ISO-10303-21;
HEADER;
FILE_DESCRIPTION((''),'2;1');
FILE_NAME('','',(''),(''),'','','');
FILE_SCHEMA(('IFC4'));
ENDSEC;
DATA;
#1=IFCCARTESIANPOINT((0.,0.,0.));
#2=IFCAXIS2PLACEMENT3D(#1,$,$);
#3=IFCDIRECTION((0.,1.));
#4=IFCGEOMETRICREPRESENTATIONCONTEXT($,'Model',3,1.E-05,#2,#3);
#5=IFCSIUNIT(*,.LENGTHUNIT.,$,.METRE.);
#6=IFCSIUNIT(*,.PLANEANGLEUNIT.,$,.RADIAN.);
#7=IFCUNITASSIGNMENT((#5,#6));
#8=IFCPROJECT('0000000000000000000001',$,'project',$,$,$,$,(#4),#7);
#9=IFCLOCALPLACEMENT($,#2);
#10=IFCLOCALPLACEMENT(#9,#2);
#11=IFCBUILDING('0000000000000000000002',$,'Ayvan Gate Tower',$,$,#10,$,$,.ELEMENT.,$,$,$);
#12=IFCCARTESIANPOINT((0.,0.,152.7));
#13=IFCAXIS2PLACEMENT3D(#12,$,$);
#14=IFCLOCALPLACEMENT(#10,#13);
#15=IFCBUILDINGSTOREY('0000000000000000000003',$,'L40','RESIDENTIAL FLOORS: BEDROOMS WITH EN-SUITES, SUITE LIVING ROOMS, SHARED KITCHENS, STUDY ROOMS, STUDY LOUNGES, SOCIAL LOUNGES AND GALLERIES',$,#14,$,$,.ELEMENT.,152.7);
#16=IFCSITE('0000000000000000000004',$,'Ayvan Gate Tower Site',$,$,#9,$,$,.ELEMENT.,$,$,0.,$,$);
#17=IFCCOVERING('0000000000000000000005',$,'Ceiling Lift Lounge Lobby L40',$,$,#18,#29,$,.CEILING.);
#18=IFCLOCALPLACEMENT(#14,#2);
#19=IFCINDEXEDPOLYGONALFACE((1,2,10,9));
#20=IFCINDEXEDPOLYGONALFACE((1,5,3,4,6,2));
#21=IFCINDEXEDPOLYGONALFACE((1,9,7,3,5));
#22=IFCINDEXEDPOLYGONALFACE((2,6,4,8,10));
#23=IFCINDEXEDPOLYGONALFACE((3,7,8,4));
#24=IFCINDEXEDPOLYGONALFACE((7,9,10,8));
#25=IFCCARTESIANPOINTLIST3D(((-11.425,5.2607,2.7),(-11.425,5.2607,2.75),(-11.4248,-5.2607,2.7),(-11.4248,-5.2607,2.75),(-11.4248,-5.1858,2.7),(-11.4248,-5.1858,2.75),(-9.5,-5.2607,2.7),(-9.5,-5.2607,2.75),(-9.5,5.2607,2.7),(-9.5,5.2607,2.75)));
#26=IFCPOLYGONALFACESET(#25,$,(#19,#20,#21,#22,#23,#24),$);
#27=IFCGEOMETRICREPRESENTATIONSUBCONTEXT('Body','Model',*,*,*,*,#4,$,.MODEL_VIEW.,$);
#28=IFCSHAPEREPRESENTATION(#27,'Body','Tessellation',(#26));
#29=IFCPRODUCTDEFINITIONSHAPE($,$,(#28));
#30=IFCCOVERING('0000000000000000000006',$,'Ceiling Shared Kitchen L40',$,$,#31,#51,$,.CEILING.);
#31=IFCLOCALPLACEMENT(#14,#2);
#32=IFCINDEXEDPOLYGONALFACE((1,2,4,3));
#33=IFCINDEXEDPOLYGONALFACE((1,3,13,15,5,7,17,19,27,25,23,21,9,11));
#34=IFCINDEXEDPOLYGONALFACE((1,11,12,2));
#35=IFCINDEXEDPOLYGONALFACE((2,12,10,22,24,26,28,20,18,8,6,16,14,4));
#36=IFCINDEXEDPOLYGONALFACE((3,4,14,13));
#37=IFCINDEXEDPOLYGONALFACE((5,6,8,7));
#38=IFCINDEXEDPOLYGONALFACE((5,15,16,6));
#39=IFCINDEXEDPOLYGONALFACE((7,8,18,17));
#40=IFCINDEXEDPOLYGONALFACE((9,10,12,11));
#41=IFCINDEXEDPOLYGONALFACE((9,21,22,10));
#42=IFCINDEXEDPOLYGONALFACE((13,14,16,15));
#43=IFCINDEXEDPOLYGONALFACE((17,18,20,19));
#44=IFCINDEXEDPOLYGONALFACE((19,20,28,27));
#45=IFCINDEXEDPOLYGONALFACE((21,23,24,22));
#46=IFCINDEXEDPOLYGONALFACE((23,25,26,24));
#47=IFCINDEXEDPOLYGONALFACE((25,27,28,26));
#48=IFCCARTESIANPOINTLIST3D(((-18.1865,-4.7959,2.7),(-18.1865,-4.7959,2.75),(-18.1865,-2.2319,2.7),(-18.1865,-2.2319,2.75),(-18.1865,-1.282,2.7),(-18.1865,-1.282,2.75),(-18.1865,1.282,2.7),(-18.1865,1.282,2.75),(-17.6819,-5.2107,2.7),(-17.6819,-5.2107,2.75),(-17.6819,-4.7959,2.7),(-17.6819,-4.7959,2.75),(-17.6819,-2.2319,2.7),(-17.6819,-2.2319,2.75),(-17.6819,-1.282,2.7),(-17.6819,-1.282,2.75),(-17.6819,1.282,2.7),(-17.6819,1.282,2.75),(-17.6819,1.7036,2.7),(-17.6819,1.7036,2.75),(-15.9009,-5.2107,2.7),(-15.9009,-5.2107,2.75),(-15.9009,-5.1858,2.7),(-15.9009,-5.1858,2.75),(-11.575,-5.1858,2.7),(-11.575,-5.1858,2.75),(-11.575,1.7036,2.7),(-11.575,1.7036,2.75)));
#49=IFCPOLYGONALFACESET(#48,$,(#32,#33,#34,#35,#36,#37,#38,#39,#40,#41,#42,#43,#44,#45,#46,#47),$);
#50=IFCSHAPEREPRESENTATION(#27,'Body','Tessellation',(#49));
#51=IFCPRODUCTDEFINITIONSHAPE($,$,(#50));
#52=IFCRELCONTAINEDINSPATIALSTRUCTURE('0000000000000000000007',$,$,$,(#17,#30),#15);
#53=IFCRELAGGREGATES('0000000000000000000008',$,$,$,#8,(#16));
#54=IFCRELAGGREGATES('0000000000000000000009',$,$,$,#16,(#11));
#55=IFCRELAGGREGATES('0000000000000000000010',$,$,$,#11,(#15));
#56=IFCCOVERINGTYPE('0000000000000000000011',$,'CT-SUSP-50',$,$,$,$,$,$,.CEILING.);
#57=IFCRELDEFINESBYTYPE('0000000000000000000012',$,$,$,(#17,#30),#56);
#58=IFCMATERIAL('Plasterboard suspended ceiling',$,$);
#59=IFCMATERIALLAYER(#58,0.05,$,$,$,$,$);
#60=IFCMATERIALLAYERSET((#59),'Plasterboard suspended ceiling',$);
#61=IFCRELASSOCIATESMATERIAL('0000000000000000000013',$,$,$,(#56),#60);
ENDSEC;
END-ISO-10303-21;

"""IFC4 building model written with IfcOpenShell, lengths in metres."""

from ifc_helpers import new_model, si_unit, direction, frame, origin, place, context, subcontext, project, spatial, polyline, outline, extrude, material, layer, layer_set, type_object, element, save


model = new_model("IFC4")

# Units and contexts
model_context = context("Model", 3, precision=1e-05, world=origin(), true_north=direction((0.0, 1.0)))
body_context = subcontext(model_context, "Body", "Model", "MODEL_VIEW")
ifc_project = project(units=[si_unit("LENGTHUNIT", "METRE"), si_unit("PLANEANGLEUNIT", "RADIAN")], contexts=[model_context])

# Site, building, storey
site_placement = place(None, origin())
site = spatial("IfcSite", under=ifc_project, at=site_placement, Name="Ayvan Gate Tower Site", CompositionType="ELEMENT", RefElevation=0.0)
building_placement = place(site_placement, origin())
building = spatial("IfcBuilding", under=site, at=building_placement, Name="Ayvan Gate Tower", CompositionType="ELEMENT")
storey_placement = place(building_placement, frame((0.0, 0.0, 152.7)))
storey = spatial("IfcBuildingStorey", under=building, at=storey_placement, Name="L40", Description="RESIDENTIAL FLOORS: BEDROOMS WITH EN-SUITES, SUITE LIVING ROOMS, SHARED KITCHENS, STUDY ROOMS, STUDY LOUNGES, SOCIAL LOUNGES AND GALLERIES", CompositionType="ELEMENT", Elevation=152.7)

# Coverings
ifc_material_1 = material(Name="Plasterboard suspended ceiling")
ifc_layer_1 = layer(ifc_material_1, 0.05)
ifc_layer_set_1 = layer_set([ifc_layer_1], Name="Plasterboard suspended ceiling")
covering_type = type_object("IfcCoveringType", Name="CT-SUSP-50", PredefinedType="CEILING", material=ifc_layer_set_1)
covering_1_placement = place(storey_placement, frame((0.0, 0.0, 2.7)))
element("IfcCovering", 1, at=covering_1_placement, inside=storey, type_object=covering_type, Name="Ceiling Lift Lounge Lobby L40", PredefinedType="CEILING", context=body_context, shape_type="SweptSolid", body=[
    extrude(outline(polyline([(-11.4248, -5.1858), (-11.425, 5.2607), (-9.5, 5.2607), (-9.5, -5.2607), (-11.4248, -5.2607), (-11.4248, -5.1858)])), origin(), (0.0, 0.0, 1.0), 0.05),
])
covering_2_placement = place(storey_placement, frame((0.0, 0.0, 2.7)))
element("IfcCovering", 2, at=covering_2_placement, inside=storey, type_object=covering_type, Name="Ceiling Shared Kitchen L40", PredefinedType="CEILING", context=body_context, shape_type="SweptSolid", body=[
    extrude(outline(polyline([(-17.6819, -2.2319), (-17.6819, -1.282), (-18.1865, -1.282), (-18.1865, 1.282), (-17.6819, 1.282), (-17.6819, 1.7036), (-11.575, 1.7036), (-11.575, -5.1858), (-15.9009, -5.1858), (-15.9009, -5.2107), (-17.6819, -5.2107), (-17.6819, -4.7959), (-18.1865, -4.7959), (-18.1865, -2.2319), (-17.6819, -2.2319)])), origin(), (0.0, 0.0, 1.0), 0.05),
])

save(model, "model.ifc")
